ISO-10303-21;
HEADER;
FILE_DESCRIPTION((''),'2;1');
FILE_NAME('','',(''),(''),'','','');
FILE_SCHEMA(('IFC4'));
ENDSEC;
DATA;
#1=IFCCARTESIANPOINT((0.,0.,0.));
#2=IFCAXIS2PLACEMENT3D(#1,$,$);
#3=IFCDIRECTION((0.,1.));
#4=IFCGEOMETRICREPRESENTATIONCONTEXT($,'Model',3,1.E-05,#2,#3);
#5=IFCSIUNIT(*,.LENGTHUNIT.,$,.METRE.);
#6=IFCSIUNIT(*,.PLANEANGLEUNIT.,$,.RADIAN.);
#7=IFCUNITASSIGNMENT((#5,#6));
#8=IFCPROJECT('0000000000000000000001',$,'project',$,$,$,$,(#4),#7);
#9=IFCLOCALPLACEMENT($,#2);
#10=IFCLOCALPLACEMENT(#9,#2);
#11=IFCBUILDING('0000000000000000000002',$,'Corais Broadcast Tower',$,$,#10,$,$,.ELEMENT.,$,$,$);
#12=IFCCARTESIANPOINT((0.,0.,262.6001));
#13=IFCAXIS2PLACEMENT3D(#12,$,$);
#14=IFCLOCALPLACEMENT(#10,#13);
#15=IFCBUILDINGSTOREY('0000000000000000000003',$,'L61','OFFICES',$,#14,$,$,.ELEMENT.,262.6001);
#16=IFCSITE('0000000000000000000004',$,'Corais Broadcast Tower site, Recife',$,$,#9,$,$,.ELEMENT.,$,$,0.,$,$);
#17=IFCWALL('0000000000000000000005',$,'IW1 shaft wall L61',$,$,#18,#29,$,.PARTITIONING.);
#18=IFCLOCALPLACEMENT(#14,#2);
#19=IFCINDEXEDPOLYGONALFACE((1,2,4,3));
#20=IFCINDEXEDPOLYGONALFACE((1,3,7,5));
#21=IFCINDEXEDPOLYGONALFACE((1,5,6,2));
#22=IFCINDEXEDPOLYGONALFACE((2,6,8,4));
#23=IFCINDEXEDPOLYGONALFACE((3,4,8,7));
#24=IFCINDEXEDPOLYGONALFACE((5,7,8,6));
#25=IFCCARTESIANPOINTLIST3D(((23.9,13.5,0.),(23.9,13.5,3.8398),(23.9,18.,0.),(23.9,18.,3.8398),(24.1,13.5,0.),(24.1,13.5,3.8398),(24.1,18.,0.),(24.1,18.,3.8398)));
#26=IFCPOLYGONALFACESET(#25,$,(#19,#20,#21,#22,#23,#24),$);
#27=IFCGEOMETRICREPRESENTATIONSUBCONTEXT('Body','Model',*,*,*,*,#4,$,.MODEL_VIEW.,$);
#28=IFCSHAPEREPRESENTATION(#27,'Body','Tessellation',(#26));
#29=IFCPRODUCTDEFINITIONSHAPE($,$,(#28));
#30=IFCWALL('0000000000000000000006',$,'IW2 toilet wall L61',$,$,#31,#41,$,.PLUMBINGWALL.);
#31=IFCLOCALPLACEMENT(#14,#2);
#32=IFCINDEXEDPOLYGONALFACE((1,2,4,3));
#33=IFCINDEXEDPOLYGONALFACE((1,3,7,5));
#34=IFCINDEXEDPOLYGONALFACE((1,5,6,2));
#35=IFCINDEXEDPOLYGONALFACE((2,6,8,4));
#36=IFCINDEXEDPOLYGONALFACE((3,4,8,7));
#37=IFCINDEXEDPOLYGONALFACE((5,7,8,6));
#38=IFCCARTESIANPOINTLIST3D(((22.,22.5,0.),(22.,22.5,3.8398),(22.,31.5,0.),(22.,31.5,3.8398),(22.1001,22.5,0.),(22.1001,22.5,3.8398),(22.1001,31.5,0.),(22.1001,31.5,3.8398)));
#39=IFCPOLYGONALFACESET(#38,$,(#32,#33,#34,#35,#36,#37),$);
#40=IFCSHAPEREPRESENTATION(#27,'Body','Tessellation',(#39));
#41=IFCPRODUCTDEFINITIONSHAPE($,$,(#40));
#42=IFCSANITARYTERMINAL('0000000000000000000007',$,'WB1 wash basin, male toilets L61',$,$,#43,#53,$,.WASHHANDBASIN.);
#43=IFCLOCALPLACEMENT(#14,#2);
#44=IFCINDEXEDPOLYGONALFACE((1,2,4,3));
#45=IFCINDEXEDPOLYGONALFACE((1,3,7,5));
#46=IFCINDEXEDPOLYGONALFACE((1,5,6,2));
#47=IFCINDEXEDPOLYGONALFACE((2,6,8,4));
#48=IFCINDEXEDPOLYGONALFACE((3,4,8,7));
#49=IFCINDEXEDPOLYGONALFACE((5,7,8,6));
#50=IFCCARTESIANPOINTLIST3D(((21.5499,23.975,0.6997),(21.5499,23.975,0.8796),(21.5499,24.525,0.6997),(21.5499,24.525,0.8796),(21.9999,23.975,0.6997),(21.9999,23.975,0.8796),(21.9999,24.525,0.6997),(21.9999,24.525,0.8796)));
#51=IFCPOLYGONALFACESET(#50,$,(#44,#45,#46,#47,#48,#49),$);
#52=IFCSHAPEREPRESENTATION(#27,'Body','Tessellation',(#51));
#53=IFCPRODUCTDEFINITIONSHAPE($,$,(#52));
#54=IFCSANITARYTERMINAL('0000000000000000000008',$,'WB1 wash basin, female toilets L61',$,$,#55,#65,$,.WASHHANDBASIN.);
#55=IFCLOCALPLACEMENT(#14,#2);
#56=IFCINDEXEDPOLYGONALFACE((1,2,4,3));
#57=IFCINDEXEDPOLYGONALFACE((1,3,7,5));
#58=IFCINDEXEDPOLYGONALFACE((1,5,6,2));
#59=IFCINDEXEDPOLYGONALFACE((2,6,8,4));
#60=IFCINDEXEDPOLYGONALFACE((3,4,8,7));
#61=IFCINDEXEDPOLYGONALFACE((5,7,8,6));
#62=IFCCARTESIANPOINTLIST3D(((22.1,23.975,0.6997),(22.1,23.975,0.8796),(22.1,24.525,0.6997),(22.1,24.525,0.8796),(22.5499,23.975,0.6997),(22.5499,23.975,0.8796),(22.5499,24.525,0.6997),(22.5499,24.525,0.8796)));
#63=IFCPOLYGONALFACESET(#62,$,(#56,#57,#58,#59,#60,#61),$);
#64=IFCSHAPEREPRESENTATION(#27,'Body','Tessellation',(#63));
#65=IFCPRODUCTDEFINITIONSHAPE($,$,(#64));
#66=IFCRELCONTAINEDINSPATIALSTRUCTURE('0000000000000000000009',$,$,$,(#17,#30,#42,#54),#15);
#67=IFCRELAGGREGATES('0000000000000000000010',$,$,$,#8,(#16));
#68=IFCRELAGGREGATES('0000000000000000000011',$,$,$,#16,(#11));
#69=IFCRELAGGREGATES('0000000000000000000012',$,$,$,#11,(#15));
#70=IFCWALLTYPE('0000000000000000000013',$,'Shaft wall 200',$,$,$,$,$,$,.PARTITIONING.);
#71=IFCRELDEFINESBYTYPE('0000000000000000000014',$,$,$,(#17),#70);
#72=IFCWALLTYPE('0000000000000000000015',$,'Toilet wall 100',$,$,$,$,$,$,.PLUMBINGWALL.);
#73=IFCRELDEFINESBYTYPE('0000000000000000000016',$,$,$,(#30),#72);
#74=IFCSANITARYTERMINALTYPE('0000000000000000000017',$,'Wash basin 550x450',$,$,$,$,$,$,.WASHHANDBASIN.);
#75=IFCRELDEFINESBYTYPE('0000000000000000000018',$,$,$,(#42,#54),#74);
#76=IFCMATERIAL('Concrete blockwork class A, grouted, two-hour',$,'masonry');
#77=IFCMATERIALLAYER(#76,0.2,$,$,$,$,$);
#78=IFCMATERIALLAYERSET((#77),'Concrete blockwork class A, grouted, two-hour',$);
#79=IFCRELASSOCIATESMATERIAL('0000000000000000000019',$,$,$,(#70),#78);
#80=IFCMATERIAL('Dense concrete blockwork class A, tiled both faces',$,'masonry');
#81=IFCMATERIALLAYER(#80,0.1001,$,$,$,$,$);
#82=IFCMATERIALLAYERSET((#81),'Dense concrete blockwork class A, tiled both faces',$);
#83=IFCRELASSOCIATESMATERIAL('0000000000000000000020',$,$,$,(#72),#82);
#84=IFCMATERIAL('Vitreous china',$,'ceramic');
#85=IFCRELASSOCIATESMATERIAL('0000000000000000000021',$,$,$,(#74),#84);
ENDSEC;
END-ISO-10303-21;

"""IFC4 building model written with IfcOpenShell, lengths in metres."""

from ifc_helpers import new_model, si_unit, direction, frame, frame_2d, origin, origin_2d, place, context, subcontext, project, spatial, rectangle, extrude, material, layer, layer_set, type_object, element, save


model = new_model("IFC4")

# Units and contexts
model_context = context("Model", 3, precision=1e-05, world=origin(), true_north=direction((0.0, 1.0)))
body_context = subcontext(model_context, "Body", "Model", "MODEL_VIEW")
ifc_project = project(units=[si_unit("LENGTHUNIT", "METRE"), si_unit("PLANEANGLEUNIT", "RADIAN")], contexts=[model_context])

# Site, building, storey
site_placement = place(None, origin())
site = spatial("IfcSite", under=ifc_project, at=site_placement, Name="Corais Broadcast Tower site, Recife", CompositionType="ELEMENT", RefElevation=0.0)
building_placement = place(site_placement, origin())
building = spatial("IfcBuilding", under=site, at=building_placement, Name="Corais Broadcast Tower", CompositionType="ELEMENT")
storey_placement = place(building_placement, frame((0.0, 0.0, 262.6001)))
storey = spatial("IfcBuildingStorey", under=building, at=storey_placement, Name="L61", Description="OFFICES", CompositionType="ELEMENT", Elevation=262.6001)

# Walls
ifc_material_1 = material(Name="Concrete blockwork class A, grouted, two-hour", Category="masonry")
ifc_layer_1 = layer(ifc_material_1, 0.2)
ifc_layer_set_1 = layer_set([ifc_layer_1], Name="Concrete blockwork class A, grouted, two-hour")
wall_type_1 = type_object("IfcWallType", Name="Shaft wall 200", PredefinedType="PARTITIONING", material=ifc_layer_set_1)
wall_1_placement = place(storey_placement, frame((24.0, 13.5, 0.0), z_axis=(0.0, 0.0, 1.0), x_axis=(0.0, 1.0, 0.0)))
element("IfcWall", 1, at=wall_1_placement, inside=storey, type_object=wall_type_1, Name="IW1 shaft wall L61", PredefinedType="PARTITIONING", context=body_context, shape_type="SweptSolid", body=[
    extrude(rectangle(XDim=4.5, YDim=0.2, at=frame_2d((2.25, 0.0))), origin(), (0.0, 0.0, 1.0), 3.8398),
])
ifc_material_2 = material(Name="Dense concrete blockwork class A, tiled both faces", Category="masonry")
ifc_layer_2 = layer(ifc_material_2, 0.1001)
ifc_layer_set_2 = layer_set([ifc_layer_2], Name="Dense concrete blockwork class A, tiled both faces")
wall_type_2 = type_object("IfcWallType", Name="Toilet wall 100", PredefinedType="PLUMBINGWALL", material=ifc_layer_set_2)
wall_2_placement = place(storey_placement, frame((22.05, 22.5, 0.0), z_axis=(0.0, 0.0, 1.0), x_axis=(0.0, 1.0, 0.0)))
element("IfcWall", 2, at=wall_2_placement, inside=storey, type_object=wall_type_2, Name="IW2 toilet wall L61", PredefinedType="PLUMBINGWALL", context=body_context, shape_type="SweptSolid", body=[
    extrude(rectangle(XDim=9.0, YDim=0.1001, at=frame_2d((4.5, 0.0))), origin(), (0.0, 0.0, 1.0), 3.8398),
])

# Sanitary terminals
ifc_material_3 = material(Name="Vitreous china", Category="ceramic")
sanitary_terminal_type = type_object("IfcSanitaryTerminalType", Name="Wash basin 550x450", PredefinedType="WASHHANDBASIN", material=ifc_material_3)
for number, where, z_axis, x_axis, name in (
    (3, (21.7749, 24.25, 0.6997), (0.0, 0.0, 1.0), (1.0, 0.0, 0.0), "WB1 wash basin, male toilets L61"),
    (4, (22.325, 24.25, 0.6997), (0.0, 0.0, 1.0), (1.0, 0.0, 0.0), "WB1 wash basin, female toilets L61"),
):
    element("IfcSanitaryTerminal", number, at=place(storey_placement, frame(where, z_axis=z_axis, x_axis=x_axis)), inside=storey, type_object=sanitary_terminal_type, Name=name, PredefinedType="WASHHANDBASIN", context=body_context, shape_type="SweptSolid", body=[
        extrude(rectangle(XDim=0.45, YDim=0.55, at=origin_2d()), origin(), (0.0, 0.0, 1.0), 0.1799),
    ])

save(model, "model.ifc")
